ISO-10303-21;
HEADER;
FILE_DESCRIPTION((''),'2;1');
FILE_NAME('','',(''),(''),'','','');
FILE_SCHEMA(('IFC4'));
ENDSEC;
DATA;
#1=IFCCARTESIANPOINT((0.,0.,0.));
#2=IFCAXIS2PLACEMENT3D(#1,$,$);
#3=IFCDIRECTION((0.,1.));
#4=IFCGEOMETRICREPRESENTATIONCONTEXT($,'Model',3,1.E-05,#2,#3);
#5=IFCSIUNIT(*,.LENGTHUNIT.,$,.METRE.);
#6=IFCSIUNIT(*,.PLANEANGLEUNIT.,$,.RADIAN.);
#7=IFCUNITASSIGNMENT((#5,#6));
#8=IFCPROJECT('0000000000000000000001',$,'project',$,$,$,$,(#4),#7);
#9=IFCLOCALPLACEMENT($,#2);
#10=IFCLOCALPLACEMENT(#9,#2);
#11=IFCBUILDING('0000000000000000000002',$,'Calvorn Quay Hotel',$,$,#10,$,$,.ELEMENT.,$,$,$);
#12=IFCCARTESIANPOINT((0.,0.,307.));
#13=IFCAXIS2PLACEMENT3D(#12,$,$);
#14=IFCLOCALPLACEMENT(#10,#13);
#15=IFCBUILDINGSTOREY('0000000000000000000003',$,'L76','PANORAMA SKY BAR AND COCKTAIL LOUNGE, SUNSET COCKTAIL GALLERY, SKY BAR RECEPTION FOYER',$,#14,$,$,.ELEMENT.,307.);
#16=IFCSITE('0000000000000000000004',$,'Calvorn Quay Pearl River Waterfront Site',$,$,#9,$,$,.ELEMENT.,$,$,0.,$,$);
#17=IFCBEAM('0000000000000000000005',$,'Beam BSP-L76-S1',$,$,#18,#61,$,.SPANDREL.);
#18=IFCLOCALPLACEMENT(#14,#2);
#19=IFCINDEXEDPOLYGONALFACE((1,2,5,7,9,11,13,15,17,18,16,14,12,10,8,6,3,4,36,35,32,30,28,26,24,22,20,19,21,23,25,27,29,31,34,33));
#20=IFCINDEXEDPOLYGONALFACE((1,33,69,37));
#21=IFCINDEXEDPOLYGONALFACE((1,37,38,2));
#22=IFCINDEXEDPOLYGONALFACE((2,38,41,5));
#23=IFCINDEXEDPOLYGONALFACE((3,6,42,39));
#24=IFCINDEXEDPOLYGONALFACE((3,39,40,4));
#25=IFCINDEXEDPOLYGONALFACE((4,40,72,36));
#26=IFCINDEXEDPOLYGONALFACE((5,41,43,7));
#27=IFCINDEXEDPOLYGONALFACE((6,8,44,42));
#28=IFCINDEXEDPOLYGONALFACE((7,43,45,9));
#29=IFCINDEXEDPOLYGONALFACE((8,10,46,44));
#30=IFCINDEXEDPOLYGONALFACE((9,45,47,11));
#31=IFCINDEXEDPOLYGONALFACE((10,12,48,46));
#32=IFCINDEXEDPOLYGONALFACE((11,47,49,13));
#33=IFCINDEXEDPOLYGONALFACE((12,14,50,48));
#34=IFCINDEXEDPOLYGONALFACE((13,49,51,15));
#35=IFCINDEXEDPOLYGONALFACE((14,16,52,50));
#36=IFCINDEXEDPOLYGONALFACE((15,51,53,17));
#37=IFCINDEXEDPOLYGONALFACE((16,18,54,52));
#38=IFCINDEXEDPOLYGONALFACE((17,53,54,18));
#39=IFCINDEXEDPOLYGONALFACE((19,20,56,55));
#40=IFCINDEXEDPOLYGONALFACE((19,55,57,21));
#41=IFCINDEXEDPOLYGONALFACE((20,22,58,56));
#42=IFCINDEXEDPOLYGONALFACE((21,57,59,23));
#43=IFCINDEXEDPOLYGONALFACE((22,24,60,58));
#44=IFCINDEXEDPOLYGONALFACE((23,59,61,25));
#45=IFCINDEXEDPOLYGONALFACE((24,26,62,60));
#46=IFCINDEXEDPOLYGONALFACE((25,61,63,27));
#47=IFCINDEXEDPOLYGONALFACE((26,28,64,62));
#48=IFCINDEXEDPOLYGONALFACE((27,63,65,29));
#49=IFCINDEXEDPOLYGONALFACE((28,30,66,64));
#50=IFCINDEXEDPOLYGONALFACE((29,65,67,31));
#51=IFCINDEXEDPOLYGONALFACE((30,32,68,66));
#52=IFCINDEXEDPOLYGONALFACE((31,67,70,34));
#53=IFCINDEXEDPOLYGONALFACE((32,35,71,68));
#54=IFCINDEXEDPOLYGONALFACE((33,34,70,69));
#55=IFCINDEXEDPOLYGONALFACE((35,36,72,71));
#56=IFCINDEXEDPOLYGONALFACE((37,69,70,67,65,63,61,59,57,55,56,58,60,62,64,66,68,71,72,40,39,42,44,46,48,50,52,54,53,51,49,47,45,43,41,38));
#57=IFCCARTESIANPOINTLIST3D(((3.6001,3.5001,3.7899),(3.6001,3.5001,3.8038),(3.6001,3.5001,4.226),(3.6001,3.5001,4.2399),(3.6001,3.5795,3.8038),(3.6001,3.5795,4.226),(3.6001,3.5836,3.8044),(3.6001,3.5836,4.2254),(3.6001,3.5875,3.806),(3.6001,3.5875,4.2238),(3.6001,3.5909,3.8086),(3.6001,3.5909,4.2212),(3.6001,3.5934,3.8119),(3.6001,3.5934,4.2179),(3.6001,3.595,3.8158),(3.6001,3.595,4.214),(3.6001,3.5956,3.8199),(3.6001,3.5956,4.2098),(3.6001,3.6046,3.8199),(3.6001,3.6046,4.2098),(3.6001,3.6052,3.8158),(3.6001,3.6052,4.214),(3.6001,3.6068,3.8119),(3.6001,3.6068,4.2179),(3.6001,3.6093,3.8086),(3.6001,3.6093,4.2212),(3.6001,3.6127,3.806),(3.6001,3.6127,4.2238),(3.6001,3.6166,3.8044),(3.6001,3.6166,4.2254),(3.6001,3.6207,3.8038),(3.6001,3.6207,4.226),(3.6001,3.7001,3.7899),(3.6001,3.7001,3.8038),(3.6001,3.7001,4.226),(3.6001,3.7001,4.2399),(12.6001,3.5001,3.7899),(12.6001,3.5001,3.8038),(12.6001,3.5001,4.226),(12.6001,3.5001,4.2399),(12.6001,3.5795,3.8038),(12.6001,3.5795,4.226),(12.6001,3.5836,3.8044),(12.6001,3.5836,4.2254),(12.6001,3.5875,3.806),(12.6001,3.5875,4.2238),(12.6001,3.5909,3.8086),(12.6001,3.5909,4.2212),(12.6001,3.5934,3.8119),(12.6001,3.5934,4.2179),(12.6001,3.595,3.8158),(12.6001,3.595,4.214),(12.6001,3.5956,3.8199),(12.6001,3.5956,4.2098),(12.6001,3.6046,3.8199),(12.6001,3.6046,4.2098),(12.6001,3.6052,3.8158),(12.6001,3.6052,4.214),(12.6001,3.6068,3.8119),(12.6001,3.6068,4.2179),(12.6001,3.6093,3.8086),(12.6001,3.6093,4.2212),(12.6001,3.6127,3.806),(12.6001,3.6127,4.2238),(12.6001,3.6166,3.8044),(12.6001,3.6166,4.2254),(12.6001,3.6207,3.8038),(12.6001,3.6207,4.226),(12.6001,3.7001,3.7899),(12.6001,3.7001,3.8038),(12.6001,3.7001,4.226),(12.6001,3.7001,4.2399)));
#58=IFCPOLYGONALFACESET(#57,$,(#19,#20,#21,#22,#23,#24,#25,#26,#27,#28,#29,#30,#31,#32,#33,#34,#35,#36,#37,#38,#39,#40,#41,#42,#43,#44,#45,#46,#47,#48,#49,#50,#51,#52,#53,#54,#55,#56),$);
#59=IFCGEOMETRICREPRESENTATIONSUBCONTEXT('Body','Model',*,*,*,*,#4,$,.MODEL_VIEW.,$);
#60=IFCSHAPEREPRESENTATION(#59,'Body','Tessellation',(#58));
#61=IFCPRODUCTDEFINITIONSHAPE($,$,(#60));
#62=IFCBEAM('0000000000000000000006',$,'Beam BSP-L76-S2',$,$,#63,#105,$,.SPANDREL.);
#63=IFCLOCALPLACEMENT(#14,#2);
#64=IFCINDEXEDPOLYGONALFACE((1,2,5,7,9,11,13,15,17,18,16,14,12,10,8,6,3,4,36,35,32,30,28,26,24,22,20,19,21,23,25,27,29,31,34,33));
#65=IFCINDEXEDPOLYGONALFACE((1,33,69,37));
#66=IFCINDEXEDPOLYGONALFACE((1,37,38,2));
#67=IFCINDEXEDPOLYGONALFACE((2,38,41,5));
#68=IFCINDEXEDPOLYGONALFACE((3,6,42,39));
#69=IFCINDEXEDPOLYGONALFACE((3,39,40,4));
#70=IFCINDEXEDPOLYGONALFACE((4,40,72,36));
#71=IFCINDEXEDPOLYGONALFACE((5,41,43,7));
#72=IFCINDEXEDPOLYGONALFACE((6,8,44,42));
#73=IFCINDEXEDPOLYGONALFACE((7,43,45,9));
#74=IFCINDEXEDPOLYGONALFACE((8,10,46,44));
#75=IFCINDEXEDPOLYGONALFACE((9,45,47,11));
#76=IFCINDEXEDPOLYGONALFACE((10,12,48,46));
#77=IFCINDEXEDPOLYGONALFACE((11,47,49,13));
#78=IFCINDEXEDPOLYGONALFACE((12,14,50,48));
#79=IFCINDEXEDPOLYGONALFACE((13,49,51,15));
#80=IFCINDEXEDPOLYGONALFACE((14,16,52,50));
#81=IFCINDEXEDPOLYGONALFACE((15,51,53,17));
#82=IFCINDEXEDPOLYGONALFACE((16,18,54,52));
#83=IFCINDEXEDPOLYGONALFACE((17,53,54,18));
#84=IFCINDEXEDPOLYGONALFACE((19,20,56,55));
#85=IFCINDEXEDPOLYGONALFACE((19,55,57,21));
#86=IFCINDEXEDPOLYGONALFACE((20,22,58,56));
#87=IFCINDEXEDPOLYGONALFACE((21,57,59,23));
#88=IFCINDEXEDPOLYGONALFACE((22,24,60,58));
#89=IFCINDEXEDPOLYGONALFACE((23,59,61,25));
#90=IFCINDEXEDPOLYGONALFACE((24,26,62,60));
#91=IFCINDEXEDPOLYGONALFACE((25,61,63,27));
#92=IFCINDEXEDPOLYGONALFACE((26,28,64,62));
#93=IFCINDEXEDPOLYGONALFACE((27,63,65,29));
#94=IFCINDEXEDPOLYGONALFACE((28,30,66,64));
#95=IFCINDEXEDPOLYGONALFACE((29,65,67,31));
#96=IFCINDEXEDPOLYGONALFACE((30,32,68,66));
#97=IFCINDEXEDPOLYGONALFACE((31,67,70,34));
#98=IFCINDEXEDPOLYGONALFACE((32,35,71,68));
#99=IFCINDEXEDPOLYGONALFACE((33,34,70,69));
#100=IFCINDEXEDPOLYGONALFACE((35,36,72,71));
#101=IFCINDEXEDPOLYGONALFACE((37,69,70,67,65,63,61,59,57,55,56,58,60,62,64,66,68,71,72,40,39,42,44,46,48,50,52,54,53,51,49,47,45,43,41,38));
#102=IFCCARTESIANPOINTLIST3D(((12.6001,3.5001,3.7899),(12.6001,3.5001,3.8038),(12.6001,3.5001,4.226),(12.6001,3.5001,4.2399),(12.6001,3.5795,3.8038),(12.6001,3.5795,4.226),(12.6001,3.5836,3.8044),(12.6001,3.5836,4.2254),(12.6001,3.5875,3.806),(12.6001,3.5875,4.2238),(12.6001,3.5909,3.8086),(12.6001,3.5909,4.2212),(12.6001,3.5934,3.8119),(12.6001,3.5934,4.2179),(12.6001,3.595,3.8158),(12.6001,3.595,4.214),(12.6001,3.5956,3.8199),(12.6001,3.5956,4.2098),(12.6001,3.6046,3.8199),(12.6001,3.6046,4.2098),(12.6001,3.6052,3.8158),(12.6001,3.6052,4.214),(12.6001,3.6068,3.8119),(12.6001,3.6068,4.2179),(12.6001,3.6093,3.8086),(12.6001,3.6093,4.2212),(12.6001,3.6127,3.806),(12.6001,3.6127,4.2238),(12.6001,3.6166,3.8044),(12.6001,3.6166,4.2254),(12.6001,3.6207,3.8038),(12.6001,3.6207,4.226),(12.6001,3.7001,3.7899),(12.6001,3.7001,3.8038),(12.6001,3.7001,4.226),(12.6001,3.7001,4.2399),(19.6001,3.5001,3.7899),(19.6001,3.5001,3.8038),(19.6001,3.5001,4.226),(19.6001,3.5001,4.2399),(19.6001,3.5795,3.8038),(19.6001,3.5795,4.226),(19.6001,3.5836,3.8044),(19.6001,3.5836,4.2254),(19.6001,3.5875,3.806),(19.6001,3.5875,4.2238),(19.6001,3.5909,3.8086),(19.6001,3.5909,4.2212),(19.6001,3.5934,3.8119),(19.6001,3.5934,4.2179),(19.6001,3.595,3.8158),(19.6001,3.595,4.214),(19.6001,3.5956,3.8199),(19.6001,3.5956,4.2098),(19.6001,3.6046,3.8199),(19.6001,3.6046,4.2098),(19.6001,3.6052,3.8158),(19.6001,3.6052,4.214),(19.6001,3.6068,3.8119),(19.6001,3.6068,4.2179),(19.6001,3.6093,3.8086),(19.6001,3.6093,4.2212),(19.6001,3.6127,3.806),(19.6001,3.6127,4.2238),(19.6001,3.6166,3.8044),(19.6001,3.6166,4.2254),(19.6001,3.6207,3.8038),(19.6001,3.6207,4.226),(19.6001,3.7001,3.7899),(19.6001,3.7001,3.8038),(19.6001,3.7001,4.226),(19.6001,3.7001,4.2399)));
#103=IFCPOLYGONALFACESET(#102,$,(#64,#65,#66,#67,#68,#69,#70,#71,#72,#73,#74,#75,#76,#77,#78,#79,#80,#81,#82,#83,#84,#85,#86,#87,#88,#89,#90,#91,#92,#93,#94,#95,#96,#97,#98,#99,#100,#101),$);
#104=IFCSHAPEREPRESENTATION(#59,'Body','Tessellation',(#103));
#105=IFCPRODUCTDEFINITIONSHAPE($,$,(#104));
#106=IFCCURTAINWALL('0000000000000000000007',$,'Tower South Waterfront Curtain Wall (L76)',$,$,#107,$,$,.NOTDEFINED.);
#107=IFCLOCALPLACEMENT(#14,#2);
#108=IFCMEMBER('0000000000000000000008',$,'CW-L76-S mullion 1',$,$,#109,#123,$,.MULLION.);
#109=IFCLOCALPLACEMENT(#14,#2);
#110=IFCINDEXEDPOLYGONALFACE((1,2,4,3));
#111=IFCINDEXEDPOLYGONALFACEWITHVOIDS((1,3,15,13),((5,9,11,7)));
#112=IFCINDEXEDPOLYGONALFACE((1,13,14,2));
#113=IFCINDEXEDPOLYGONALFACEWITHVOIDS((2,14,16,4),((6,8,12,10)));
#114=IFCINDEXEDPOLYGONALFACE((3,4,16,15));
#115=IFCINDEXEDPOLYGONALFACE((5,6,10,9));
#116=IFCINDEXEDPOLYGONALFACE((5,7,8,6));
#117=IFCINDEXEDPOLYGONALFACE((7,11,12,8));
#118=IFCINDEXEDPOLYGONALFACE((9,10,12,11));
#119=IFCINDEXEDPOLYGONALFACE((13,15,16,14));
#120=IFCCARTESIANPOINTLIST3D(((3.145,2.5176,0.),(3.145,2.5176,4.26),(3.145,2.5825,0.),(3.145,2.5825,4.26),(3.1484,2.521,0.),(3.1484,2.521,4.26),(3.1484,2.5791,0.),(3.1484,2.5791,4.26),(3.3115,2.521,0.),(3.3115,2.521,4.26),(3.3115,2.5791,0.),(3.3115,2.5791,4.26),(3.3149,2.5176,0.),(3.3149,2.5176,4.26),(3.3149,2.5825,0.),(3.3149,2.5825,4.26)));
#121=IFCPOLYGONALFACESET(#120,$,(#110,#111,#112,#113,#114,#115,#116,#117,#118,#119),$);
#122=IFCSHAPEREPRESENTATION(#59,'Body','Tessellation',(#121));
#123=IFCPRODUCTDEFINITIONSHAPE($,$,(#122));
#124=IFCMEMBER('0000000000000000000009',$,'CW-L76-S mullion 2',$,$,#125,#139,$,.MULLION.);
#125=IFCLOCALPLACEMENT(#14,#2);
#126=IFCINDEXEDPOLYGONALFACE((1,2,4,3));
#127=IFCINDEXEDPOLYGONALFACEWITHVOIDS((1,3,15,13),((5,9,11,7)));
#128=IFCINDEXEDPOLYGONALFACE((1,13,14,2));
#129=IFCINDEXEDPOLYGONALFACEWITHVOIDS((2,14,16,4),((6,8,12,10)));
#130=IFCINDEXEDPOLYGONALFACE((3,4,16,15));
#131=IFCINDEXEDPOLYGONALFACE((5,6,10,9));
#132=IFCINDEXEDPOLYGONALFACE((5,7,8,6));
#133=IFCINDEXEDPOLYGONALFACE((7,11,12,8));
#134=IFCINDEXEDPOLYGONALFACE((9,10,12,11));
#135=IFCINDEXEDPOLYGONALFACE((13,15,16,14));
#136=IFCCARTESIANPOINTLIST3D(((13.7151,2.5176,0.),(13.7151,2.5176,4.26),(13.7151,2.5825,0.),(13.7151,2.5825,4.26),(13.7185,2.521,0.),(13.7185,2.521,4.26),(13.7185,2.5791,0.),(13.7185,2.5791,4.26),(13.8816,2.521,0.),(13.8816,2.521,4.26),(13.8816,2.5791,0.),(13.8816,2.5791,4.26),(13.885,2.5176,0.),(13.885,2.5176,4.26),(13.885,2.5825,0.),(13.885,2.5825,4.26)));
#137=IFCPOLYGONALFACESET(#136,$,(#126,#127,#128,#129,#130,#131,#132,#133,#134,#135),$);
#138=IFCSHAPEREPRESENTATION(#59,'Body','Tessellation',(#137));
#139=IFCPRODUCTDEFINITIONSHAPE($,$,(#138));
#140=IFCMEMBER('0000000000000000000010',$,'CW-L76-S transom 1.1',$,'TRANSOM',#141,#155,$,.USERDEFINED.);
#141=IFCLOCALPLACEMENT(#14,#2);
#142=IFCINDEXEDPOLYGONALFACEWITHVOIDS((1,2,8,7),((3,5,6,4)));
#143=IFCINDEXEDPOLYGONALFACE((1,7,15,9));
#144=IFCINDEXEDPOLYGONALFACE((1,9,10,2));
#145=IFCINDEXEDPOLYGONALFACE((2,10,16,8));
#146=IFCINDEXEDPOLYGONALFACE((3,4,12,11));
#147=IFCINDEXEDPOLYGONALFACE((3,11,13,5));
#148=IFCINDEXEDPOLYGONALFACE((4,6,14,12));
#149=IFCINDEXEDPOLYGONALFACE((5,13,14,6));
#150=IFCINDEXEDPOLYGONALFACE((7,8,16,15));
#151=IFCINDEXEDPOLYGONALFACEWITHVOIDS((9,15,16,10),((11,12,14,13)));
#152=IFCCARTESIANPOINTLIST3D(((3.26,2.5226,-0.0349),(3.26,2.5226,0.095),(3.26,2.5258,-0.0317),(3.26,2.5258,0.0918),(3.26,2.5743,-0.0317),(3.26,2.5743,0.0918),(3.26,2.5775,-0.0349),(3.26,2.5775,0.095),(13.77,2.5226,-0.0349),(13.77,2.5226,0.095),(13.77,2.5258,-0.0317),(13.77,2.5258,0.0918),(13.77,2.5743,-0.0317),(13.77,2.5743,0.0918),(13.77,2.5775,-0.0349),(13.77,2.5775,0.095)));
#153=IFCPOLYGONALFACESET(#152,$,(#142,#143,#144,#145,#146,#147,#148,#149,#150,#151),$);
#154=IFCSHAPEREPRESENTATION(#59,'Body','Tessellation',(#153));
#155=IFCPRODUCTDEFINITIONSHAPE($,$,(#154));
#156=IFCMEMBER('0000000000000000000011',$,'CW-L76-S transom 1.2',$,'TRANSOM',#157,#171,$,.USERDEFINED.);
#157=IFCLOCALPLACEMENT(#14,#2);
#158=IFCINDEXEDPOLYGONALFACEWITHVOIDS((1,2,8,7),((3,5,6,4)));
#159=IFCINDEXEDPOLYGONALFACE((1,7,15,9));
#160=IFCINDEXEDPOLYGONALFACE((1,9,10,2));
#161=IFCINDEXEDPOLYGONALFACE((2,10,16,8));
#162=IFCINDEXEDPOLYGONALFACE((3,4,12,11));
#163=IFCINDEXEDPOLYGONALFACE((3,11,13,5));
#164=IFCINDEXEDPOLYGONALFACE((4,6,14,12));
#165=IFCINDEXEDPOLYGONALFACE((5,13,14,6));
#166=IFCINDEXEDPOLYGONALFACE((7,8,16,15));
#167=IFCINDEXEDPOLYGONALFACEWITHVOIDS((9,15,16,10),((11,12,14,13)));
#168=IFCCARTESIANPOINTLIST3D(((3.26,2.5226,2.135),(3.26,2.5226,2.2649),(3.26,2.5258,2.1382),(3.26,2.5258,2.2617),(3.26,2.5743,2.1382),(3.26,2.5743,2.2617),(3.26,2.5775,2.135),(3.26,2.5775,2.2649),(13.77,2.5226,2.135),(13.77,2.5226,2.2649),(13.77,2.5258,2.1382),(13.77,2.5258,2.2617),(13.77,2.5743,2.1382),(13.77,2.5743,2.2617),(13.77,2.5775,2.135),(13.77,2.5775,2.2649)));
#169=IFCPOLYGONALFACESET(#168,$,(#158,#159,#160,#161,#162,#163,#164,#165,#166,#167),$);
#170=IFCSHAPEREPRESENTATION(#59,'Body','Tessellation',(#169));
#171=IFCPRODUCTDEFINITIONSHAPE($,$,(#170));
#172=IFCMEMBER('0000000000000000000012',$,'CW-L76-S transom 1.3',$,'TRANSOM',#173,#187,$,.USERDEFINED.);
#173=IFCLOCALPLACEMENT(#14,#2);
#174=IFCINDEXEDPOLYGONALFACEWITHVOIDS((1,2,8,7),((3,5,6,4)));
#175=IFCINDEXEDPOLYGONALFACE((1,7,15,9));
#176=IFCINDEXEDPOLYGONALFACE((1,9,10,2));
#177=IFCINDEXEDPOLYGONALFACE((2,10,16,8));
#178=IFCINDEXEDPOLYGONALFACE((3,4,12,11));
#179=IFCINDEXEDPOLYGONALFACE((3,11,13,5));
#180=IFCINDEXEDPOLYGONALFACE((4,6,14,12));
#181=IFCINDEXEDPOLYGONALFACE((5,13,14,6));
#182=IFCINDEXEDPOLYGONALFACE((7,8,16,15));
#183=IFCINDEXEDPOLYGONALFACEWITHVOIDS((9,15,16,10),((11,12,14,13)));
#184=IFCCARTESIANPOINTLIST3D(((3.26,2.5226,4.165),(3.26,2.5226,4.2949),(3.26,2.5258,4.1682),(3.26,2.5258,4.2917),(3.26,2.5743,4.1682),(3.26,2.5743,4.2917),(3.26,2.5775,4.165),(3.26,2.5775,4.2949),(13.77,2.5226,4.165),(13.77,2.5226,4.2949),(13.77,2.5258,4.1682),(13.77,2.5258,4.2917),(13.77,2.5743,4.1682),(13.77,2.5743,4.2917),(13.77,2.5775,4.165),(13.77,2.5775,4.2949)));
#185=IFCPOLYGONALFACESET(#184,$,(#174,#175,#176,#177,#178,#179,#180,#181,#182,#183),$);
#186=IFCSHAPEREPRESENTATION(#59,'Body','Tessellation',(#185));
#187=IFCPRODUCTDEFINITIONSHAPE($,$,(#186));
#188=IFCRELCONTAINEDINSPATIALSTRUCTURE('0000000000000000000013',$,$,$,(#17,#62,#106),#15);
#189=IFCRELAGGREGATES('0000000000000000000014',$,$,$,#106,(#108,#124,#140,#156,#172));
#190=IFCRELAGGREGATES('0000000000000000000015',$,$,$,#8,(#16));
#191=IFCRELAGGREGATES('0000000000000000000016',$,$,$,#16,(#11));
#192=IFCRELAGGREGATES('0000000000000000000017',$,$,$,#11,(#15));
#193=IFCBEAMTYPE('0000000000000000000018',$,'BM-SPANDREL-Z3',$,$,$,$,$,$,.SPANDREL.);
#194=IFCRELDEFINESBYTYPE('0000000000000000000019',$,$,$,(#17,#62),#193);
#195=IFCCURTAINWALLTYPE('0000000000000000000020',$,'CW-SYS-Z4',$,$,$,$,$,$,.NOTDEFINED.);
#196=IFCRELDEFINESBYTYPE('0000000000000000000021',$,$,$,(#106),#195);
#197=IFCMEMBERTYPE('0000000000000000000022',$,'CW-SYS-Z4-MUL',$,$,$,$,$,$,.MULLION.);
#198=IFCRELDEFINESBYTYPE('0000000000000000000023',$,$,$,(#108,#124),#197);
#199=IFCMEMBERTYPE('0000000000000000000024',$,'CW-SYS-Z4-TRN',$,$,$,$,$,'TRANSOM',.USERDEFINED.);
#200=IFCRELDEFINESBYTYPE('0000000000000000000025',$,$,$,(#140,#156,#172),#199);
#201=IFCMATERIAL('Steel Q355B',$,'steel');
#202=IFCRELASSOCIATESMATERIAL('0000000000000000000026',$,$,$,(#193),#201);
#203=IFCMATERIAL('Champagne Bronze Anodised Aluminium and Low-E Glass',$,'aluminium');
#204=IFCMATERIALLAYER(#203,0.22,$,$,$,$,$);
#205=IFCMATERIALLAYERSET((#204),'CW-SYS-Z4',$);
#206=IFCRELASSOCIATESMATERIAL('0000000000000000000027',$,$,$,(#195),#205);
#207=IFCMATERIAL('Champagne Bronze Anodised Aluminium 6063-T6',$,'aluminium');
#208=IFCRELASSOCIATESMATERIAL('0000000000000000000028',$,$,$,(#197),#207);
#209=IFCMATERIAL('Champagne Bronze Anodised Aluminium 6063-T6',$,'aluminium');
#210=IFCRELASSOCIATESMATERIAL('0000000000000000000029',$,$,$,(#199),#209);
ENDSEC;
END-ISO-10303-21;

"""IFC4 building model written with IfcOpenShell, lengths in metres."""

from ifc_helpers import new_model, si_unit, direction, frame, origin, origin_2d, place, context, subcontext, project, spatial, hollow_rectangle, i_section, extrude, material, layer, layer_set, material_profile, profile_set, type_object, element, aggregate, save


model = new_model("IFC4")

# Units and contexts
model_context = context("Model", 3, precision=1e-05, world=origin(), true_north=direction((0.0, 1.0)))
body_context = subcontext(model_context, "Body", "Model", "MODEL_VIEW")
ifc_project = project(units=[si_unit("LENGTHUNIT", "METRE"), si_unit("PLANEANGLEUNIT", "RADIAN")], contexts=[model_context])

# Site, building, storey
site_placement = place(None, origin())
site = spatial("IfcSite", under=ifc_project, at=site_placement, Name="Calvorn Quay Pearl River Waterfront Site", CompositionType="ELEMENT", RefElevation=0.0)
building_placement = place(site_placement, origin())
building = spatial("IfcBuilding", under=site, at=building_placement, Name="Calvorn Quay Hotel", CompositionType="ELEMENT")
storey_placement = place(building_placement, frame((0.0, 0.0, 307.0)))
storey = spatial("IfcBuildingStorey", under=building, at=storey_placement, Name="L76", Description="PANORAMA SKY BAR AND COCKTAIL LOUNGE, SUNSET COCKTAIL GALLERY, SKY BAR RECEPTION FOYER", CompositionType="ELEMENT", Elevation=307.0)

# Beams
ifc_material_1 = material(Name="Steel Q355B", Category="steel")
ifc_material_profile_1 = material_profile(ifc_material_1, i_section(OverallWidth=0.2, OverallDepth=0.45, WebThickness=0.009, FlangeThickness=0.0139, FilletRadius=0.0161, at=origin_2d()), Name="HN450x200x9x14")
ifc_profile_set_1 = profile_set([ifc_material_profile_1], Name="Steel Q355B")
beam_type_1 = type_object("IfcBeamType", Name="BM-SPANDREL-Z3", PredefinedType="SPANDREL", material=ifc_profile_set_1)
beam_1_placement = place(storey_placement, frame((3.6001, 3.6001, 4.0149), z_axis=(1.0, 0.0, 0.0), x_axis=(0.0, 1.0, 0.0)))
element("IfcBeam", 1, at=beam_1_placement, inside=storey, type_object=beam_type_1, Name="Beam BSP-L76-S1", PredefinedType="SPANDREL", context=body_context, shape_type="SweptSolid", body=[
    extrude(i_section(OverallWidth=0.2, OverallDepth=0.45, WebThickness=0.009, FlangeThickness=0.0139, FilletRadius=0.0161, at=origin_2d()), origin(), (0.0, 0.0, 1.0), 9.0),
])
beam_2_placement = place(storey_placement, frame((12.6001, 3.6001, 4.0149), z_axis=(1.0, 0.0, 0.0), x_axis=(0.0, 1.0, 0.0)))
element("IfcBeam", 2, at=beam_2_placement, inside=storey, type_object=beam_type_1, Name="Beam BSP-L76-S2", PredefinedType="SPANDREL", context=body_context, shape_type="SweptSolid", body=[
    extrude(i_section(OverallWidth=0.2, OverallDepth=0.45, WebThickness=0.009, FlangeThickness=0.0139, FilletRadius=0.0161, at=origin_2d()), origin(), (0.0, 0.0, 1.0), 7.0),
])

# Curtain wall, members
ifc_material_2 = material(Name="Champagne Bronze Anodised Aluminium and Low-E Glass", Category="aluminium")
ifc_layer_1 = layer(ifc_material_2, 0.22)
ifc_layer_set_1 = layer_set([ifc_layer_1], Name="CW-SYS-Z4")
curtain_wall_type = type_object("IfcCurtainWallType", Name="CW-SYS-Z4", PredefinedType="NOTDEFINED", material=ifc_layer_set_1)
curtain_wall_placement = place(storey_placement, origin())
curtain_wall = element("IfcCurtainWall", 3, at=curtain_wall_placement, inside=storey, type_object=curtain_wall_type, Name="Tower South Waterfront Curtain Wall (L76)", PredefinedType="NOTDEFINED")
ifc_material_3 = material(Name="Champagne Bronze Anodised Aluminium 6063-T6", Category="aluminium")
ifc_material_profile_2 = material_profile(ifc_material_3, hollow_rectangle(XDim=0.0649, YDim=0.1699, WallThickness=0.0034, at=origin_2d()), Name="ALU-M170x65x3.5")
ifc_profile_set_2 = profile_set([ifc_material_profile_2], Name="Champagne Bronze Anodised Aluminium 6063-T6")
member_type_1 = type_object("IfcMemberType", Name="CW-SYS-Z4-MUL", PredefinedType="MULLION", material=ifc_profile_set_2)
member_1_placement = place(storey_placement, frame((3.23, 2.55, 0.0), z_axis=(0.0, 0.0, 1.0), x_axis=(0.0, 1.0, 0.0)))
member_1 = element("IfcMember", 4, at=member_1_placement, type_object=member_type_1, Name="CW-L76-S mullion 1", PredefinedType="MULLION", context=body_context, shape_type="SweptSolid", body=[
    extrude(hollow_rectangle(XDim=0.0649, YDim=0.1699, WallThickness=0.0034, at=origin_2d()), origin(), (0.0, 0.0, 1.0), 4.26),
])
member_2_placement = place(storey_placement, frame((13.8, 2.55, 0.0), z_axis=(0.0, 0.0, 1.0), x_axis=(0.0, 1.0, 0.0)))
member_2 = element("IfcMember", 5, at=member_2_placement, type_object=member_type_1, Name="CW-L76-S mullion 2", PredefinedType="MULLION", context=body_context, shape_type="SweptSolid", body=[
    extrude(hollow_rectangle(XDim=0.0649, YDim=0.1699, WallThickness=0.0034, at=origin_2d()), origin(), (0.0, 0.0, 1.0), 4.26),
])
ifc_material_4 = material(Name="Champagne Bronze Anodised Aluminium 6063-T6", Category="aluminium")
ifc_material_profile_3 = material_profile(ifc_material_4, hollow_rectangle(XDim=0.0549, YDim=0.1299, WallThickness=0.0032, at=origin_2d()), Name="ALU-T130x55x3.2")
ifc_profile_set_3 = profile_set([ifc_material_profile_3], Name="Champagne Bronze Anodised Aluminium 6063-T6")
member_type_2 = type_object("IfcMemberType", Name="CW-SYS-Z4-TRN", ElementType="TRANSOM", PredefinedType="USERDEFINED", material=ifc_profile_set_3)
member_3_placement = place(storey_placement, frame((3.26, 2.55, 0.03), z_axis=(1.0, 0.0, 0.0), x_axis=(0.0, 1.0, 0.0)))
member_3 = element("IfcMember", 6, at=member_3_placement, type_object=member_type_2, Name="CW-L76-S transom 1.1", ObjectType="TRANSOM", PredefinedType="USERDEFINED", context=body_context, shape_type="SweptSolid", body=[
    extrude(hollow_rectangle(XDim=0.0549, YDim=0.1299, WallThickness=0.0032, at=origin_2d()), origin(), (0.0, 0.0, 1.0), 10.51),
])
member_4_placement = place(storey_placement, frame((3.26, 2.55, 2.2), z_axis=(1.0, 0.0, 0.0), x_axis=(0.0, 1.0, 0.0)))
member_4 = element("IfcMember", 7, at=member_4_placement, type_object=member_type_2, Name="CW-L76-S transom 1.2", ObjectType="TRANSOM", PredefinedType="USERDEFINED", context=body_context, shape_type="SweptSolid", body=[
    extrude(hollow_rectangle(XDim=0.0549, YDim=0.1299, WallThickness=0.0032, at=origin_2d()), origin(), (0.0, 0.0, 1.0), 10.51),
])
member_5_placement = place(storey_placement, frame((3.26, 2.55, 4.23), z_axis=(1.0, 0.0, 0.0), x_axis=(0.0, 1.0, 0.0)))
member_5 = element("IfcMember", 8, at=member_5_placement, type_object=member_type_2, Name="CW-L76-S transom 1.3", ObjectType="TRANSOM", PredefinedType="USERDEFINED", context=body_context, shape_type="SweptSolid", body=[
    extrude(hollow_rectangle(XDim=0.0549, YDim=0.1299, WallThickness=0.0032, at=origin_2d()), origin(), (0.0, 0.0, 1.0), 10.51),
])
aggregate(curtain_wall, [member_1, member_2, member_3, member_4, member_5])

save(model, "model.ifc")
